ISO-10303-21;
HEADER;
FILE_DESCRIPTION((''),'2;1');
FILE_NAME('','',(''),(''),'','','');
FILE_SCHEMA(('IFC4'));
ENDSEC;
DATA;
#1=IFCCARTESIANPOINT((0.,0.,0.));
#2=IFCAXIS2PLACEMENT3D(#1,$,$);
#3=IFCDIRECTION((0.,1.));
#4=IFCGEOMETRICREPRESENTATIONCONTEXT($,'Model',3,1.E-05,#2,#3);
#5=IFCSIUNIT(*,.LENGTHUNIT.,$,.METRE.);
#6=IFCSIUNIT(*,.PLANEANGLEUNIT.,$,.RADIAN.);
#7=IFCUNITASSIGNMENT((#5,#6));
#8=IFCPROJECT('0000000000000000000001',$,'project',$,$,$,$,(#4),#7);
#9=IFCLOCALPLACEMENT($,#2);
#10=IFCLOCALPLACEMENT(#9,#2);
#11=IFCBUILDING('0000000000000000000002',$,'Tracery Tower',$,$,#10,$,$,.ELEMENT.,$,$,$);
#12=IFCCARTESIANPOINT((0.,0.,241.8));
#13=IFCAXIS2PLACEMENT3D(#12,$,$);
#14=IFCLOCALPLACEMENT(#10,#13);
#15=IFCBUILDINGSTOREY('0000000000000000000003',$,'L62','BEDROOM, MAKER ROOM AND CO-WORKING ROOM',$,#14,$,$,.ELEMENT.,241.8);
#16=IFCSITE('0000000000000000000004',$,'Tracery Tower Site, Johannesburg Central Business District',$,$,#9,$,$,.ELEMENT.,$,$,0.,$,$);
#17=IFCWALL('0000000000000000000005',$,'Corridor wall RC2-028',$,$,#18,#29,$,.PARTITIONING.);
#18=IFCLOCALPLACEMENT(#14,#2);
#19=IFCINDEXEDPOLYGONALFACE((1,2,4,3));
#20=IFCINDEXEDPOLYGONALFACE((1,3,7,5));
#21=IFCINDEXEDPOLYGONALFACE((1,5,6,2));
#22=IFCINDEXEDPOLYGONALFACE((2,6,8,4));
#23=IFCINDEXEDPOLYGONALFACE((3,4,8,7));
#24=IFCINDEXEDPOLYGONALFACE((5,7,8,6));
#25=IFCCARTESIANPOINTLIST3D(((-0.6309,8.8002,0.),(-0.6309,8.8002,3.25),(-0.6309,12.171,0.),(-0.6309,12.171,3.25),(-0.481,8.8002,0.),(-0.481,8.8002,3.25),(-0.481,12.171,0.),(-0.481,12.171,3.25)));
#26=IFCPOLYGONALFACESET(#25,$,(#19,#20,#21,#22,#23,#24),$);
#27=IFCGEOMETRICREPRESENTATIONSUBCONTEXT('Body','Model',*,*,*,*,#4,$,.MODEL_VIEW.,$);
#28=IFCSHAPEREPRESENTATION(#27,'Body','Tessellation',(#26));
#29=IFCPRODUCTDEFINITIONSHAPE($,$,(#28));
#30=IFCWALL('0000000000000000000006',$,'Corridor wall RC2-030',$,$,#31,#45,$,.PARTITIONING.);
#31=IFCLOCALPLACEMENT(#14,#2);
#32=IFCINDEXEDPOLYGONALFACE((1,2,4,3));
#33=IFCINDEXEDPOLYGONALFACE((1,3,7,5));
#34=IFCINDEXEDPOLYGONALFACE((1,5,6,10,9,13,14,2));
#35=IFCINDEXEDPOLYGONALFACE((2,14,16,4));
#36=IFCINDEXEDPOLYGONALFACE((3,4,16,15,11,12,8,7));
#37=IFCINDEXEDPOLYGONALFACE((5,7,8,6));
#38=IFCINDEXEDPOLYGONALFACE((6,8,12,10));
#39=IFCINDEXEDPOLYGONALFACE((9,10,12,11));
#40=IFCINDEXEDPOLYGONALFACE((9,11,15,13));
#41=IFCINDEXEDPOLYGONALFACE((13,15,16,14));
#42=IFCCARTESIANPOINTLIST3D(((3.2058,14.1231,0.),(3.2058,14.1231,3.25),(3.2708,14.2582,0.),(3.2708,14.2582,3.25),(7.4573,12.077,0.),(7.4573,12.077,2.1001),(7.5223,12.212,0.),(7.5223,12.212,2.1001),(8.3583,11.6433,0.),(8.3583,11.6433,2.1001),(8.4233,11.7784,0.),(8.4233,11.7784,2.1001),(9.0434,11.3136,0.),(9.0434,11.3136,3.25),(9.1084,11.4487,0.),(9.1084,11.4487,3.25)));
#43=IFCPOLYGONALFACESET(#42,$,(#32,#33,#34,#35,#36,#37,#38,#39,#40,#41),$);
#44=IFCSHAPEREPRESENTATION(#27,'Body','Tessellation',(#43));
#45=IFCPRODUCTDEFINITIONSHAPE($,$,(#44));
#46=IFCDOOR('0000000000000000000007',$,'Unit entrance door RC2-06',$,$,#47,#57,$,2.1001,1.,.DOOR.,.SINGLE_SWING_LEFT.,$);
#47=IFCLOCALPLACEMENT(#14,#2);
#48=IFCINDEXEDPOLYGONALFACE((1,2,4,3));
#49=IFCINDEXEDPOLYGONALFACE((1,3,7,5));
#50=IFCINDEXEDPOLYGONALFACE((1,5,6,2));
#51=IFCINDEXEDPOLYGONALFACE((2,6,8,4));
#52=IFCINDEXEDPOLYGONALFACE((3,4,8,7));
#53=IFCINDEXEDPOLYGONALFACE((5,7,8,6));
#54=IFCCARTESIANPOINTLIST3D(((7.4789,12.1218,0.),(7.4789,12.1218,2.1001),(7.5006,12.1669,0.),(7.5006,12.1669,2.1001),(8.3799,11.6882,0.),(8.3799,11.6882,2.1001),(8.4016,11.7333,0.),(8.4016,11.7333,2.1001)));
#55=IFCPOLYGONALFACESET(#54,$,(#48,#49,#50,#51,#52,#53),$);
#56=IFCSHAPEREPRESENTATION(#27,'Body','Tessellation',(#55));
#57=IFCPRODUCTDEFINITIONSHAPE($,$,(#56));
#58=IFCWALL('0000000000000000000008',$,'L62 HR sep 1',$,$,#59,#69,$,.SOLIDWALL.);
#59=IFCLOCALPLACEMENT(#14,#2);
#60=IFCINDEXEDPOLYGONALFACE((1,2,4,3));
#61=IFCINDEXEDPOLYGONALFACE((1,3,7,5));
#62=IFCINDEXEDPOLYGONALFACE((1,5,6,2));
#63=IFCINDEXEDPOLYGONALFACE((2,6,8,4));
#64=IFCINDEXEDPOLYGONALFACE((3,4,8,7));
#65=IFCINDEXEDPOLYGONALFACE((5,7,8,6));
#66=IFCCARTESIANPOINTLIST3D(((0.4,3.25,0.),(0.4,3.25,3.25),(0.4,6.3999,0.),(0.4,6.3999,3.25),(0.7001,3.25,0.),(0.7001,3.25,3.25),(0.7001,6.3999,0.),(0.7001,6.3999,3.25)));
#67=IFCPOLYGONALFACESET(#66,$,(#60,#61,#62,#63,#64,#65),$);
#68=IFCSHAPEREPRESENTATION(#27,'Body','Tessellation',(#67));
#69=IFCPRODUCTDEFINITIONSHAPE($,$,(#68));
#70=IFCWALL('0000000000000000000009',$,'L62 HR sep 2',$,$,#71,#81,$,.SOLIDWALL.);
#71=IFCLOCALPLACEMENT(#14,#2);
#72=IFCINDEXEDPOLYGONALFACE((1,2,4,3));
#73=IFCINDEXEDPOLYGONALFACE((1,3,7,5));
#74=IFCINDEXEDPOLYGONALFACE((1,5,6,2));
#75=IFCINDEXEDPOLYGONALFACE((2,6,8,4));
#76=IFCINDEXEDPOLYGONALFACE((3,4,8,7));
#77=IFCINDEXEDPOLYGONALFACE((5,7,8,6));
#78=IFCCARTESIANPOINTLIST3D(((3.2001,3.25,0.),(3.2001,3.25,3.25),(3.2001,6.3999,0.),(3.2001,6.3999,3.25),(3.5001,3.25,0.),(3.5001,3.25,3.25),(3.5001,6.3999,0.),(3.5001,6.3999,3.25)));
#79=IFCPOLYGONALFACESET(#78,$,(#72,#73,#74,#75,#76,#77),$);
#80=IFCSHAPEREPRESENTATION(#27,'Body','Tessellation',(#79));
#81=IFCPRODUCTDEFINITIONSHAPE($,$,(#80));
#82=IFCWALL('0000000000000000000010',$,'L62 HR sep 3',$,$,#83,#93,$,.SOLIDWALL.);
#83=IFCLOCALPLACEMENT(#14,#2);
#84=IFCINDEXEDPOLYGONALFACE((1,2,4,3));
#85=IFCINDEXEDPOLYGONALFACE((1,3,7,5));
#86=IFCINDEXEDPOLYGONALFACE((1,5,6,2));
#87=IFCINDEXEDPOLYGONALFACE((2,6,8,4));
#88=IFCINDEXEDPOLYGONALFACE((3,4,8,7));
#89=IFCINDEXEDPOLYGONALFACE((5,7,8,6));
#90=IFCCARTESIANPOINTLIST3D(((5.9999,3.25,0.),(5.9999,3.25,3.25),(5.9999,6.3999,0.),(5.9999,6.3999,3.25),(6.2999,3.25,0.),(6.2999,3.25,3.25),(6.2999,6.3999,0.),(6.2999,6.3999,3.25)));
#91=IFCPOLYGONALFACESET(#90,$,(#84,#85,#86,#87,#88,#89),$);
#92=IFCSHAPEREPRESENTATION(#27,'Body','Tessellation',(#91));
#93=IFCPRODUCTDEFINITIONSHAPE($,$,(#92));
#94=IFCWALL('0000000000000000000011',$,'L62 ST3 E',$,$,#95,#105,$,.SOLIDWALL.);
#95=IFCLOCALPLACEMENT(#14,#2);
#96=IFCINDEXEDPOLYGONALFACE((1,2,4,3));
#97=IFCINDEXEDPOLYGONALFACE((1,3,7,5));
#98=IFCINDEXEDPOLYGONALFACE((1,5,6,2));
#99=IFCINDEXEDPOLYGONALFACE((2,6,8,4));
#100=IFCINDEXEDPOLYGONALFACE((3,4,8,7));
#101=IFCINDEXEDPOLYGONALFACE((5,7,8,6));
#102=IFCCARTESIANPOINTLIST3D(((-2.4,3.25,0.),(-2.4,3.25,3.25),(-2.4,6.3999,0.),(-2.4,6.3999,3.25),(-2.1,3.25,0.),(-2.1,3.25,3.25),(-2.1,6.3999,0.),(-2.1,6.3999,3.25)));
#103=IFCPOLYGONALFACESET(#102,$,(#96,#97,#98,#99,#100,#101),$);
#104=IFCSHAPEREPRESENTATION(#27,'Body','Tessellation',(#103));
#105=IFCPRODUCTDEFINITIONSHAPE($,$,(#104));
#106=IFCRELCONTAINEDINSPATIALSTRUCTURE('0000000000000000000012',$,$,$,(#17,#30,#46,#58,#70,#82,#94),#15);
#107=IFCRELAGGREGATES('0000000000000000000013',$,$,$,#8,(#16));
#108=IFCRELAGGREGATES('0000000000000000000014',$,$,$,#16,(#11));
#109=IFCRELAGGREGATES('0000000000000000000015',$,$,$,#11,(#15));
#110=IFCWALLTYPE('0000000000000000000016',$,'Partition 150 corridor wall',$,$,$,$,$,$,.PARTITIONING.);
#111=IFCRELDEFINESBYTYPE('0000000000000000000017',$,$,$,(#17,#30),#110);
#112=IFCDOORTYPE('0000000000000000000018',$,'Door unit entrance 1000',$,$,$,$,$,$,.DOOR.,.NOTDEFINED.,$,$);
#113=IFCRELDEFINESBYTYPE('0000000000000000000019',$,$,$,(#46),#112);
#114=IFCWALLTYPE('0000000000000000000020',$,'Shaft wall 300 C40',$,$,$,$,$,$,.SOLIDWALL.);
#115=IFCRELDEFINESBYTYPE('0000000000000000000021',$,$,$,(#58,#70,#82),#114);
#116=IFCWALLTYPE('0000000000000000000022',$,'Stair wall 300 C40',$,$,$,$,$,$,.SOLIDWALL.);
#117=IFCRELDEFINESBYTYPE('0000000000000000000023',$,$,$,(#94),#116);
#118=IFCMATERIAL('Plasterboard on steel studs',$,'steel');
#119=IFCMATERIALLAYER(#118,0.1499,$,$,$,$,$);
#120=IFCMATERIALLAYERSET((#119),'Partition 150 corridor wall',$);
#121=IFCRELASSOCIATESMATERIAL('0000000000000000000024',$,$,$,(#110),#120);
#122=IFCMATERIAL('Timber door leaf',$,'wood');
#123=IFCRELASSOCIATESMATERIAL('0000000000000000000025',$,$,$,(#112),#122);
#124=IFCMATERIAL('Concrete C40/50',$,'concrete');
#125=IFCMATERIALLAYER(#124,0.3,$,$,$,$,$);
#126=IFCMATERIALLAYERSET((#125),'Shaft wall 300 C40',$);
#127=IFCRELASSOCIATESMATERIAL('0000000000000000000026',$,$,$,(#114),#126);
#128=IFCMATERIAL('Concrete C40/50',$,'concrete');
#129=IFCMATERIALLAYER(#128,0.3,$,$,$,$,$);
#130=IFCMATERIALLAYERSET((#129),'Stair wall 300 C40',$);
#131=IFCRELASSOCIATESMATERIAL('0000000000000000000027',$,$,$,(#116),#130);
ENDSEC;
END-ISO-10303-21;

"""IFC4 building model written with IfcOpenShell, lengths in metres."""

from ifc_helpers import new_model, si_unit, direction, frame, frame_2d, origin, place, context, subcontext, project, spatial, rectangle, extrude, material, layer, layer_set, type_object, element, fill, save


model = new_model("IFC4")

# Units and contexts
model_context = context("Model", 3, precision=1e-05, world=origin(), true_north=direction((0.0, 1.0)))
body_context = subcontext(model_context, "Body", "Model", "MODEL_VIEW")
ifc_project = project(units=[si_unit("LENGTHUNIT", "METRE"), si_unit("PLANEANGLEUNIT", "RADIAN")], contexts=[model_context])

# Site, building, storey
site_placement = place(None, origin())
site = spatial("IfcSite", under=ifc_project, at=site_placement, Name="Tracery Tower Site, Johannesburg Central Business District", CompositionType="ELEMENT", RefElevation=0.0)
building_placement = place(site_placement, origin())
building = spatial("IfcBuilding", under=site, at=building_placement, Name="Tracery Tower", CompositionType="ELEMENT")
storey_placement = place(building_placement, frame((0.0, 0.0, 241.8)))
storey = spatial("IfcBuildingStorey", under=building, at=storey_placement, Name="L62", Description="BEDROOM, MAKER ROOM AND CO-WORKING ROOM", CompositionType="ELEMENT", Elevation=241.8)

# Shared definitions
ifc_material_1 = material(Name="Plasterboard on steel studs", Category="steel")
ifc_layer_1 = layer(ifc_material_1, 0.1499)
ifc_layer_set_1 = layer_set([ifc_layer_1], Name="Partition 150 corridor wall")
wall_type_1 = type_object("IfcWallType", Name="Partition 150 corridor wall", PredefinedType="PARTITIONING", material=ifc_layer_set_1)

# Wall
wall_1_placement = place(storey_placement, frame((-0.5559, 8.8, 0.0), z_axis=(0.0, 0.0, 1.0), x_axis=(0.0, 1.0, 0.0)))
element("IfcWall", 1, at=wall_1_placement, inside=storey, type_object=wall_type_1, Name="Corridor wall RC2-028", PredefinedType="PARTITIONING", context=body_context, shape_type="SweptSolid", body=[
    extrude(rectangle(XDim=3.3708, YDim=0.1499, at=frame_2d((1.6855, 0.0))), origin(), (0.0, 0.0, 1.0), 3.25),
])

# Wall, opening, door
wall_2_placement = place(storey_placement, frame((3.2383, 14.1907, 0.0), z_axis=(0.0, 0.0, 1.0), x_axis=(0.901071, -0.433672, 0.0)))
wall_2 = element("IfcWall", 2, at=wall_2_placement, inside=storey, type_object=wall_type_1, Name="Corridor wall RC2-030", PredefinedType="PARTITIONING", context=body_context, shape_type="SweptSolid", body=[
    extrude(rectangle(XDim=6.4785, YDim=0.1499, at=frame_2d((3.2393, 0.0))), origin(), (0.0, 0.0, 1.0), 3.25),
])
opening_1_placement = place(wall_2_placement, frame((4.7183, 0.0, 0.0)))
opening_1 = element("IfcOpeningElement", 3, at=opening_1_placement, cuts=wall_2, PredefinedType="OPENING", context=body_context, shape_type="SweptSolid", body=[
    extrude(rectangle(XDim=1.0, YDim=2.1001, at=frame_2d((0.5, 1.05))), frame((0.0, 0.075, 0.0), z_axis=(0.0, -1.0, 0.0), x_axis=(1.0, 0.0, 0.0)), (0.0, 0.0, 1.0), 0.1499),
])
ifc_material_2 = material(Name="Timber door leaf", Category="wood")
door_type_1 = type_object("IfcDoorType", Name="Door unit entrance 1000", OperationType="NOTDEFINED", PredefinedType="DOOR", material=ifc_material_2)
door_1_placement = place(opening_1_placement, origin())
door_1 = element("IfcDoor", 4, at=door_1_placement, inside=storey, type_object=door_type_1, Name="Unit entrance door RC2-06", OperationType="SINGLE_SWING_LEFT", OverallHeight=2.1001, OverallWidth=1.0, PredefinedType="DOOR", context=body_context, shape_type="SweptSolid", body=[
    extrude(rectangle(XDim=1.0, YDim=2.1001, at=frame_2d((0.5, 1.05))), frame((0.0, 0.0249, 0.0), z_axis=(0.0, -1.0, 0.0), x_axis=(1.0, 0.0, 0.0)), (0.0, 0.0, 1.0), 0.05),
])
fill(opening_1, door_1)

# Walls
ifc_material_3 = material(Name="Concrete C40/50", Category="concrete")
ifc_layer_2 = layer(ifc_material_3, 0.3)
ifc_layer_set_2 = layer_set([ifc_layer_2], Name="Shaft wall 300 C40")
wall_type_2 = type_object("IfcWallType", Name="Shaft wall 300 C40", PredefinedType="SOLIDWALL", material=ifc_layer_set_2)
for number, where, z_axis, x_axis, name in (
    (5, (0.55, 3.25, 0.0), (0.0, 0.0, 1.0), (0.0, 1.0, 0.0), "L62 HR sep 1"),
    (6, (3.3501, 3.25, 0.0), (0.0, 0.0, 1.0), (0.0, 1.0, 0.0), "L62 HR sep 2"),
    (7, (6.1499, 3.25, 0.0), (0.0, 0.0, 1.0), (0.0, 1.0, 0.0), "L62 HR sep 3"),
):
    element("IfcWall", number, at=place(storey_placement, frame(where, z_axis=z_axis, x_axis=x_axis)), inside=storey, type_object=wall_type_2, Name=name, PredefinedType="SOLIDWALL", context=body_context, shape_type="SweptSolid", body=[
        extrude(rectangle(XDim=3.1499, YDim=0.3, at=frame_2d((1.575, 0.0))), origin(), (0.0, 0.0, 1.0), 3.25),
    ])
ifc_material_4 = material(Name="Concrete C40/50", Category="concrete")
ifc_layer_3 = layer(ifc_material_4, 0.3)
ifc_layer_set_3 = layer_set([ifc_layer_3], Name="Stair wall 300 C40")
wall_type_3 = type_object("IfcWallType", Name="Stair wall 300 C40", PredefinedType="SOLIDWALL", material=ifc_layer_set_3)
wall_3_placement = place(storey_placement, frame((-2.25, 3.25, 0.0), z_axis=(0.0, 0.0, 1.0), x_axis=(0.0, 1.0, 0.0)))
element("IfcWall", 8, at=wall_3_placement, inside=storey, type_object=wall_type_3, Name="L62 ST3 E", PredefinedType="SOLIDWALL", context=body_context, shape_type="SweptSolid", body=[
    extrude(rectangle(XDim=3.1499, YDim=0.3, at=frame_2d((1.575, 0.0))), origin(), (0.0, 0.0, 1.0), 3.25),
])

save(model, "model.ifc")
